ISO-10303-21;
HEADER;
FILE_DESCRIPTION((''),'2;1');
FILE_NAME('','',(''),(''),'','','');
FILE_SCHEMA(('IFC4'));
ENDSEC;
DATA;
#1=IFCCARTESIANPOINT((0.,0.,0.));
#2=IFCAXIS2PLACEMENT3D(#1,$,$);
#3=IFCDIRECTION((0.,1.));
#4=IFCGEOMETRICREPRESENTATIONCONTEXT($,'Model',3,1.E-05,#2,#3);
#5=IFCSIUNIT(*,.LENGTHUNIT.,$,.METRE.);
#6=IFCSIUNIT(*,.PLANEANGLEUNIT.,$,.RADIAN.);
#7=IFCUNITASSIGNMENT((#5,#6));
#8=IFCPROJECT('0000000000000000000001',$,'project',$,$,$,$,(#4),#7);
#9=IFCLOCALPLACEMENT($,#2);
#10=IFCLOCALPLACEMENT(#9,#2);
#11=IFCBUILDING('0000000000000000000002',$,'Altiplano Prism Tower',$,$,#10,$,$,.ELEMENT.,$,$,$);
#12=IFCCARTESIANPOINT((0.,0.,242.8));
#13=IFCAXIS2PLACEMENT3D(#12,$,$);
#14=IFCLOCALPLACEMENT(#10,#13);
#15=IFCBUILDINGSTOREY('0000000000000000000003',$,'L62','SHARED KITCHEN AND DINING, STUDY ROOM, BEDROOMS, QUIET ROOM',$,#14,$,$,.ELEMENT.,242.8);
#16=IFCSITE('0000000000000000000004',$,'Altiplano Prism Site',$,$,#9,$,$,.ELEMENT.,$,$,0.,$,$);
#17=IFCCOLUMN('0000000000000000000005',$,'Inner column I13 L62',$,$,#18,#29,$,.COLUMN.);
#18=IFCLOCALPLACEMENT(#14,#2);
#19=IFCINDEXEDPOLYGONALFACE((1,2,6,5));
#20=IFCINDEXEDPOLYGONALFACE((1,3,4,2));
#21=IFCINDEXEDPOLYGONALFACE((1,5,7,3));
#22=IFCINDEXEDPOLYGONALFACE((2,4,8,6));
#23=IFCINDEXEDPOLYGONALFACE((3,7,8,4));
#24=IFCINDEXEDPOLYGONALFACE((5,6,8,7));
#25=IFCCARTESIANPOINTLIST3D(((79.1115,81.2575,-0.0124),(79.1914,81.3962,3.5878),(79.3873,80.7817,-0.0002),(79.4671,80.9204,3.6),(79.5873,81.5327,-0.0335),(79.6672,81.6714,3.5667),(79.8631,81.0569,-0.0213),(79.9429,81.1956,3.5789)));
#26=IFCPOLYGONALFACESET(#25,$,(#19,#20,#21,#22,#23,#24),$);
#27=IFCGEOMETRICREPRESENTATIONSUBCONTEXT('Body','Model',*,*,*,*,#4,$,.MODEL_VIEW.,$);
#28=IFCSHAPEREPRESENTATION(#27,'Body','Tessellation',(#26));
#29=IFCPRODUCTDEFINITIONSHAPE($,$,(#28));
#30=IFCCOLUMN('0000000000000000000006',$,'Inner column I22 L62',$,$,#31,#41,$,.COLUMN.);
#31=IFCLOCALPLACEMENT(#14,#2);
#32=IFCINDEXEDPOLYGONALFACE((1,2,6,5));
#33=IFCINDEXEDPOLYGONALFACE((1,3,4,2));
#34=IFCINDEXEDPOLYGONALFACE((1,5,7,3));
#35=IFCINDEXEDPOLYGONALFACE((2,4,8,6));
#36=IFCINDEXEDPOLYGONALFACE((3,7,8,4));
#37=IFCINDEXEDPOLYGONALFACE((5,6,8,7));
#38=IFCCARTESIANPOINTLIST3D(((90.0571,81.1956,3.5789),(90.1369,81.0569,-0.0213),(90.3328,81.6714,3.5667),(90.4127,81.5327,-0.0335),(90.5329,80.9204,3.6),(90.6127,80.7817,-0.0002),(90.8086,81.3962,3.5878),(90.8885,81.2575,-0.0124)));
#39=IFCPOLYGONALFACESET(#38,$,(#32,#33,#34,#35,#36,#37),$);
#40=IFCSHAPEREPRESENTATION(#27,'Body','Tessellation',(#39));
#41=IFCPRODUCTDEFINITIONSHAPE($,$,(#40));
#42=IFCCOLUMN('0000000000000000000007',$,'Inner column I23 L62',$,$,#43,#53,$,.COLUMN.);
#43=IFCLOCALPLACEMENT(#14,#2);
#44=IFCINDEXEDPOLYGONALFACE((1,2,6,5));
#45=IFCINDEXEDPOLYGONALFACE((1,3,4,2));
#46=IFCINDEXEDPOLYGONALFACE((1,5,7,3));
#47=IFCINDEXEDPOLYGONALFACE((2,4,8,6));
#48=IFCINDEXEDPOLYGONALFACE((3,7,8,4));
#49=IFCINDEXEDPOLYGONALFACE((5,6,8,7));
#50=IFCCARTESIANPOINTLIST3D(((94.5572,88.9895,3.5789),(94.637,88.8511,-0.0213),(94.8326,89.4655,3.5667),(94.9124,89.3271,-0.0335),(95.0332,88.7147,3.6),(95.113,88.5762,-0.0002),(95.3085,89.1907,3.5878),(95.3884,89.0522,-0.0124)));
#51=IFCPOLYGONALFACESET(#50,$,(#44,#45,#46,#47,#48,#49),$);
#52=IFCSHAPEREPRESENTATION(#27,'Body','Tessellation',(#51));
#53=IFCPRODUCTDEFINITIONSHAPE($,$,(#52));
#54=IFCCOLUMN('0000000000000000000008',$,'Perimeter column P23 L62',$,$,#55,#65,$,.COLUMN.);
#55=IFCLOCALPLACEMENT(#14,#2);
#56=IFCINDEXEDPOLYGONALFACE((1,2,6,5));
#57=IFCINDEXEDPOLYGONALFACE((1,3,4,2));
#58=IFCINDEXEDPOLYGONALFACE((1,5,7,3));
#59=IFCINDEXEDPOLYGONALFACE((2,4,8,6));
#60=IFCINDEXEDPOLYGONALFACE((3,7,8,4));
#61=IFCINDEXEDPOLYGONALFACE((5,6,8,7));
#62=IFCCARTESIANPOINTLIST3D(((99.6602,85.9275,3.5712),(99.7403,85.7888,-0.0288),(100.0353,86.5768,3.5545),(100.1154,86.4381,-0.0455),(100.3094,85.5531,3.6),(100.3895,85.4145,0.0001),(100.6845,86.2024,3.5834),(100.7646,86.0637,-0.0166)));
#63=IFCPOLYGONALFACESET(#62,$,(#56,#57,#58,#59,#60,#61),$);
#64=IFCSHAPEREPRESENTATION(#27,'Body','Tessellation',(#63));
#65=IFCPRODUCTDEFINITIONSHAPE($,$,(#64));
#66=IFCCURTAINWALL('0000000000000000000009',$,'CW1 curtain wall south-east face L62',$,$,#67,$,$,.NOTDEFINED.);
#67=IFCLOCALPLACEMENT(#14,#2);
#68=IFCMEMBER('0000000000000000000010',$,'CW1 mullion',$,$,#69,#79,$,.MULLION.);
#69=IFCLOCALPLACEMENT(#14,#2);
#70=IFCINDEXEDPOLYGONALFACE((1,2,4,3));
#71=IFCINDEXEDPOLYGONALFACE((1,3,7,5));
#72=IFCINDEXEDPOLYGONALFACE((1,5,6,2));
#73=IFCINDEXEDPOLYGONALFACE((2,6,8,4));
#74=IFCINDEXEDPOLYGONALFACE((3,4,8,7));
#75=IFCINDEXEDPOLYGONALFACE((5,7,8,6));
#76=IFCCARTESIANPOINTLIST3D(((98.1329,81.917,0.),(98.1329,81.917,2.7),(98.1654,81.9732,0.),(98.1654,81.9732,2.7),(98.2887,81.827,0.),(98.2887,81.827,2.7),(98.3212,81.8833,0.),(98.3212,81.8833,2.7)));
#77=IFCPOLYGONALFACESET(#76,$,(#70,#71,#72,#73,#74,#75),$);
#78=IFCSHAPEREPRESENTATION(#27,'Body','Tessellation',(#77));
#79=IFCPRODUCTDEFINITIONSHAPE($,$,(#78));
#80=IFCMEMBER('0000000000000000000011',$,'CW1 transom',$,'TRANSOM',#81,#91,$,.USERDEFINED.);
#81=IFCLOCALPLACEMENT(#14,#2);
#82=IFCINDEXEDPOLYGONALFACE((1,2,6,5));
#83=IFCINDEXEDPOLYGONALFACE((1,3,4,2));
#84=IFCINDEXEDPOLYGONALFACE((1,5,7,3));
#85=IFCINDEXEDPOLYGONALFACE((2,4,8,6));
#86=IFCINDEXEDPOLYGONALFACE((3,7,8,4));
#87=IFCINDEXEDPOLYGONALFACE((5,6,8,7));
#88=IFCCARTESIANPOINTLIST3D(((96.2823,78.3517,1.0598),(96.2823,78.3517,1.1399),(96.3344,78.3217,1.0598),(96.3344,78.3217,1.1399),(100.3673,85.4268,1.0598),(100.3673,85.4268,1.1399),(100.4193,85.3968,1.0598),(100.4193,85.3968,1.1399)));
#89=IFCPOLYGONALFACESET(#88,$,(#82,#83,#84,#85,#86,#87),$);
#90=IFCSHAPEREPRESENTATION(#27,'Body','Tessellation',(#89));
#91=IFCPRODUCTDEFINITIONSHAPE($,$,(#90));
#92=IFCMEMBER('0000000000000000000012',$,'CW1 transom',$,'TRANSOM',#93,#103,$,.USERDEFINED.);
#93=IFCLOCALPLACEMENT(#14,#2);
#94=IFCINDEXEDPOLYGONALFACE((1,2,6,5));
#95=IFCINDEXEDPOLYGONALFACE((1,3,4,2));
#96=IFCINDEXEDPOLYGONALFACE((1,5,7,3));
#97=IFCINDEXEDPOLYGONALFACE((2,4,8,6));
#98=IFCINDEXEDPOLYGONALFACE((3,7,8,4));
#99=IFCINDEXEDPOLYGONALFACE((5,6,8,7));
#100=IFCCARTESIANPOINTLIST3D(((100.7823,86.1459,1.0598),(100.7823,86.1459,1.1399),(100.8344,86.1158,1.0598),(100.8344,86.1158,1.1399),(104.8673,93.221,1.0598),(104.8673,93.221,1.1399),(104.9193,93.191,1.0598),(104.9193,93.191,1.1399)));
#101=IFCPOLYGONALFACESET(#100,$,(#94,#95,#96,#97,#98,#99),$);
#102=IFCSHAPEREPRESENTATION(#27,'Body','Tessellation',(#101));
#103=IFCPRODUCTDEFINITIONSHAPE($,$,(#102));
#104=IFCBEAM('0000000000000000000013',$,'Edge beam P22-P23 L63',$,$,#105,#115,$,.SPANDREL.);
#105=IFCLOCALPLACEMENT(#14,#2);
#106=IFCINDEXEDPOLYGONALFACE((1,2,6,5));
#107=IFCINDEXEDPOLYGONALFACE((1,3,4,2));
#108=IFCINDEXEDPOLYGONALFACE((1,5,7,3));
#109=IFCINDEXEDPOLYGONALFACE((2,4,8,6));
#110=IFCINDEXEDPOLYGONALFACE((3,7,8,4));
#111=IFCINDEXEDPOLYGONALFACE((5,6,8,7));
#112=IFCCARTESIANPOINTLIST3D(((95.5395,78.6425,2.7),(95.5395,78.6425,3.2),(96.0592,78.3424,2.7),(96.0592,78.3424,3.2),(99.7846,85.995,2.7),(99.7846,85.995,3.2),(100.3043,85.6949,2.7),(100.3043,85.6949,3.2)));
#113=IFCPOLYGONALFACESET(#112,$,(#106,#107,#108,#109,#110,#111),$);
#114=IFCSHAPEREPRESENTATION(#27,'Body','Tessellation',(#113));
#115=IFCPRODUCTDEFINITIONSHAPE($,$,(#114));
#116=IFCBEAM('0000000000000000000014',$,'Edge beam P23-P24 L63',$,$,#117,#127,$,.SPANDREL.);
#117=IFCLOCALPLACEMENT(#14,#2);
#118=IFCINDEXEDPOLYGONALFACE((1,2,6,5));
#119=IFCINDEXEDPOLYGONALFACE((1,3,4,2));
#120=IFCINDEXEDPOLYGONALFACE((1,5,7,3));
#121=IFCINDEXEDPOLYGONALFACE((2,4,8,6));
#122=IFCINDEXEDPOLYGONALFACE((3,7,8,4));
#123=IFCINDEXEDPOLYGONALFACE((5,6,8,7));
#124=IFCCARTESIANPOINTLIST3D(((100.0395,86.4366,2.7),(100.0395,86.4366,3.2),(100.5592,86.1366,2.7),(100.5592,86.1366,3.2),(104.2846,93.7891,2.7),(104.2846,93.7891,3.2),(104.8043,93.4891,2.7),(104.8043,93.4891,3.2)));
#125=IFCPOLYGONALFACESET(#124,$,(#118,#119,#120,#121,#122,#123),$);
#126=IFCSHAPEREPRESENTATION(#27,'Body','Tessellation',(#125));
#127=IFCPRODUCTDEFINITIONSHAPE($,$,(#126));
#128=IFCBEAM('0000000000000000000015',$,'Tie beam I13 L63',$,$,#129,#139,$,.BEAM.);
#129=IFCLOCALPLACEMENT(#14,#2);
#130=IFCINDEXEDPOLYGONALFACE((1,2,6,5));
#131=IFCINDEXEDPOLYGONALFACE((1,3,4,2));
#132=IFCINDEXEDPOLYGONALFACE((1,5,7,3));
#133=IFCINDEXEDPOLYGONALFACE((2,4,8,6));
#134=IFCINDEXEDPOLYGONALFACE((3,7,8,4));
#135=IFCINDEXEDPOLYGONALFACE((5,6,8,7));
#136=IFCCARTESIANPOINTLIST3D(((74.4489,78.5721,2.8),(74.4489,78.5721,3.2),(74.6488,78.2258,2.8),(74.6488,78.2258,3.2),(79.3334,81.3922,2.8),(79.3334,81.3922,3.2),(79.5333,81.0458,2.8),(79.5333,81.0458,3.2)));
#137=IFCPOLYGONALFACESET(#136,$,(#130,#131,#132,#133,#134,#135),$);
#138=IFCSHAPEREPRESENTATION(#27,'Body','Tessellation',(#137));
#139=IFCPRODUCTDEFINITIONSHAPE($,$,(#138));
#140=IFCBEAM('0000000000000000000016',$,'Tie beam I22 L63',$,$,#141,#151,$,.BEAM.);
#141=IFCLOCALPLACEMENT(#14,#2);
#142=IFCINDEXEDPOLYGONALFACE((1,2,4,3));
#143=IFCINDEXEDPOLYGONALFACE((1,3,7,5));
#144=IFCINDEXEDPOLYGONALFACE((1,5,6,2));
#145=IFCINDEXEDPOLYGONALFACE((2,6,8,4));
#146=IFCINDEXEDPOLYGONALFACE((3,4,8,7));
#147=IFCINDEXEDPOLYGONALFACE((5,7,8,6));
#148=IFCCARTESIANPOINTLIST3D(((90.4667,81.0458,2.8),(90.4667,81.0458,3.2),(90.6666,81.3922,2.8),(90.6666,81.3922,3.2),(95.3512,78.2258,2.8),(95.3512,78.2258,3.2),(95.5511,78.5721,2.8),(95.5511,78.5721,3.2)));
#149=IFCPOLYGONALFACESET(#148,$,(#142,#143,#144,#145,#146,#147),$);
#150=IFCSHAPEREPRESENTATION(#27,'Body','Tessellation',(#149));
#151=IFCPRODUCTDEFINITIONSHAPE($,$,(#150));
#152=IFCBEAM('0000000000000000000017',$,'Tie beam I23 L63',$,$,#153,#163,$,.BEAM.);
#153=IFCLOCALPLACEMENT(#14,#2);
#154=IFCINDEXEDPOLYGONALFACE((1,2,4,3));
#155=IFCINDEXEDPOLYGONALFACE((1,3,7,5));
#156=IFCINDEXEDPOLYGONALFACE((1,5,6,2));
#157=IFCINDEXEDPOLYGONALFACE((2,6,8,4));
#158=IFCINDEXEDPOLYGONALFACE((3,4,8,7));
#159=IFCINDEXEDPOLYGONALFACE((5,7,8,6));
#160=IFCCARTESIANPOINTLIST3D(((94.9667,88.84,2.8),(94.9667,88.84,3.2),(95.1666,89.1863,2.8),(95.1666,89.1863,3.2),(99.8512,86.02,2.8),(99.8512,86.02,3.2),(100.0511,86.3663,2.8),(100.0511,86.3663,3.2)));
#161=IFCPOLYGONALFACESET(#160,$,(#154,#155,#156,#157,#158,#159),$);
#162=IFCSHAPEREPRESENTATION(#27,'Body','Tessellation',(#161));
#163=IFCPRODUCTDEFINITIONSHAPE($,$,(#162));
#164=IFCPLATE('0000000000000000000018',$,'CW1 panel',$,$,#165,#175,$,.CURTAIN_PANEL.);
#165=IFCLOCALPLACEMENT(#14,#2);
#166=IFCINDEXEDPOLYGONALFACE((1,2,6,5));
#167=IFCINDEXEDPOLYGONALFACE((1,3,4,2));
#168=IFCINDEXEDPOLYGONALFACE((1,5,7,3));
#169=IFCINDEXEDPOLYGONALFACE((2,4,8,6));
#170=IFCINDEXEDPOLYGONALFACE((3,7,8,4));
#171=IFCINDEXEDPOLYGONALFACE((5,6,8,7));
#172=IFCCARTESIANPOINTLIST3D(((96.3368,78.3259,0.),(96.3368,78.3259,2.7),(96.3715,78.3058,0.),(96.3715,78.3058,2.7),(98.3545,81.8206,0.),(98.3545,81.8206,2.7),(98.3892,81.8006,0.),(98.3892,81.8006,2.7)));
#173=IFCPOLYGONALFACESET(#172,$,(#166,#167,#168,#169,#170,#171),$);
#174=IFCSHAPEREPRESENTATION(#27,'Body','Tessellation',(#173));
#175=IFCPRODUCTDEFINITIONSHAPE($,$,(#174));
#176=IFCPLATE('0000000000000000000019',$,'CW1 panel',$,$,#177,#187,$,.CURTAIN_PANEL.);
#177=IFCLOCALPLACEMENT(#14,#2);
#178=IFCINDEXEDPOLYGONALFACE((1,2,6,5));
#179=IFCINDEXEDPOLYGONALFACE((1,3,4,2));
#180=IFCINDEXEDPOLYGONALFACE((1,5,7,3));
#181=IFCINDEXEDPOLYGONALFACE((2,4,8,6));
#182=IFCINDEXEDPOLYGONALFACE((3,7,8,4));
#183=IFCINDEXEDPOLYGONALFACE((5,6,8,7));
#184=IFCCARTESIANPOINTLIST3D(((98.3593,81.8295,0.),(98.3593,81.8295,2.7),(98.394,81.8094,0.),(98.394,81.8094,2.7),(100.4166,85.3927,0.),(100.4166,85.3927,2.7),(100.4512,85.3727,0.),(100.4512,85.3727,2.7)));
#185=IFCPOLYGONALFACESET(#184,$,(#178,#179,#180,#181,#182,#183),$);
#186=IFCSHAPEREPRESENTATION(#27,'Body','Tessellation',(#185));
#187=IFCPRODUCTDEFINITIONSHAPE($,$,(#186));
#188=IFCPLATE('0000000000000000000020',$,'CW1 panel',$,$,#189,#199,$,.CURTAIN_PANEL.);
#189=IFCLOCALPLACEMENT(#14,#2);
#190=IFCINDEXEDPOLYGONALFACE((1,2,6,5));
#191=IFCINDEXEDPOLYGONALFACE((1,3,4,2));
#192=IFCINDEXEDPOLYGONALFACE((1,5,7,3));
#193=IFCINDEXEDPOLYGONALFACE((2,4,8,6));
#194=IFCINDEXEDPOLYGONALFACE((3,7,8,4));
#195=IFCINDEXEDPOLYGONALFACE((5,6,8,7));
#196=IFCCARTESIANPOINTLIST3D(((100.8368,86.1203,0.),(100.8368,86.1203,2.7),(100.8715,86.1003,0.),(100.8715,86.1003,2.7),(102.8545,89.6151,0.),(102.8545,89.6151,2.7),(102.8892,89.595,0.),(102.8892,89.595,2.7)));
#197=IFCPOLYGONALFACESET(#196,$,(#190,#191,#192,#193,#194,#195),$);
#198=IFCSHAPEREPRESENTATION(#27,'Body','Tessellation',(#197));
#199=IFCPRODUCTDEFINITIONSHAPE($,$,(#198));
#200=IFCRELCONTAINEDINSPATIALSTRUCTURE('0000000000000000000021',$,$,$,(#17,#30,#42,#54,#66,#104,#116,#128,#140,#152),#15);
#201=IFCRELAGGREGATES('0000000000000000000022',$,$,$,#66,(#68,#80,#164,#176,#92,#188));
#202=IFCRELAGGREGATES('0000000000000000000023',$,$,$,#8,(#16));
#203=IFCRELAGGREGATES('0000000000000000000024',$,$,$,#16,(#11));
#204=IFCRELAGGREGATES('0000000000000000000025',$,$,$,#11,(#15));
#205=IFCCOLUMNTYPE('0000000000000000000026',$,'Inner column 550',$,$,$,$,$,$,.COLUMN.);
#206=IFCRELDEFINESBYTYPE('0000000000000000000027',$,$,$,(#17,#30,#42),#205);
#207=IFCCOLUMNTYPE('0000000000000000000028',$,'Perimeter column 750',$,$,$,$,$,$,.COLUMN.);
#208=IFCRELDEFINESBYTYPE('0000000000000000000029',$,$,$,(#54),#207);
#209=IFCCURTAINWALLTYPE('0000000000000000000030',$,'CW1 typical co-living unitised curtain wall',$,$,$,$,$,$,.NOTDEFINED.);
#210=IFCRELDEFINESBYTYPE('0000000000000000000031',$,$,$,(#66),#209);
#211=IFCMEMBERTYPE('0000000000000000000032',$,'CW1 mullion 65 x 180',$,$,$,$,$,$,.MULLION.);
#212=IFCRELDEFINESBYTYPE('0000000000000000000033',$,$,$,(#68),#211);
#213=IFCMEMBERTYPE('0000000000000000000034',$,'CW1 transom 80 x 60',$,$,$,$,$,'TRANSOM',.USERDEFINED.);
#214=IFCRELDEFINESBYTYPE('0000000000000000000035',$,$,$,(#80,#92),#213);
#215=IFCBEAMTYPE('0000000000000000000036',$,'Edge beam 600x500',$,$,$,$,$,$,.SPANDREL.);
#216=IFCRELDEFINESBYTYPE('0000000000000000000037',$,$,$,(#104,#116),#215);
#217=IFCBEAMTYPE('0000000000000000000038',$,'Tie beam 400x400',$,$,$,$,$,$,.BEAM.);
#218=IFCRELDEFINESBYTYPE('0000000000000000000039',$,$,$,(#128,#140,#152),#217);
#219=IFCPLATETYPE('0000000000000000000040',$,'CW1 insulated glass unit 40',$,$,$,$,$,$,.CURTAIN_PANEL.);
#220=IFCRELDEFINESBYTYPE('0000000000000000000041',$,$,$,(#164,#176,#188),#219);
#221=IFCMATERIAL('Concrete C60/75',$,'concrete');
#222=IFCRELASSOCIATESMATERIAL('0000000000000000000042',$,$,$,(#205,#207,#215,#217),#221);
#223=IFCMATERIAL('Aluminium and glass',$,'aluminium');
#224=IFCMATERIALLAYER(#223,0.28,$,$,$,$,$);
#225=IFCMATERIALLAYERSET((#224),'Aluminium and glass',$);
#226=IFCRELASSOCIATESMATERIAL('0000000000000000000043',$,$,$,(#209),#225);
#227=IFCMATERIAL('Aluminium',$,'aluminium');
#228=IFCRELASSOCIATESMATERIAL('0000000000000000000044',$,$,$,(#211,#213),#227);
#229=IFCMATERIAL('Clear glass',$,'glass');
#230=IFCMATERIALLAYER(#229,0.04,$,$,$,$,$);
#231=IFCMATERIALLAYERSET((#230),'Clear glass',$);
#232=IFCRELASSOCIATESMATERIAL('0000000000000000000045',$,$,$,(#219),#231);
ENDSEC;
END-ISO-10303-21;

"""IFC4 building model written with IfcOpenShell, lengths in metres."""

from ifc_helpers import new_model, si_unit, direction, frame, origin, origin_2d, place, context, subcontext, project, spatial, rectangle, extrude, material, layer, layer_set, material_profile, profile_set, type_object, element, aggregate, save


model = new_model("IFC4")

# Units and contexts
model_context = context("Model", 3, precision=1e-05, world=origin(), true_north=direction((0.0, 1.0)))
body_context = subcontext(model_context, "Body", "Model", "MODEL_VIEW")
ifc_project = project(units=[si_unit("LENGTHUNIT", "METRE"), si_unit("PLANEANGLEUNIT", "RADIAN")], contexts=[model_context])

# Site, building, storey
site_placement = place(None, origin())
site = spatial("IfcSite", under=ifc_project, at=site_placement, Name="Altiplano Prism Site", CompositionType="ELEMENT", RefElevation=0.0)
building_placement = place(site_placement, origin())
building = spatial("IfcBuilding", under=site, at=building_placement, Name="Altiplano Prism Tower", CompositionType="ELEMENT")
storey_placement = place(building_placement, frame((0.0, 0.0, 242.8)))
storey = spatial("IfcBuildingStorey", under=building, at=storey_placement, Name="L62", Description="SHARED KITCHEN AND DINING, STUDY ROOM, BEDROOMS, QUIET ROOM", CompositionType="ELEMENT", Elevation=242.8)

# Columns
ifc_material_1 = material(Name="Concrete C60/75", Category="concrete")
ifc_material_profile_1 = material_profile(ifc_material_1, rectangle(XDim=0.55, YDim=0.55, at=origin_2d()), Name="Inner column 550")
ifc_profile_set_1 = profile_set([ifc_material_profile_1], Name="Concrete C60/75")
column_type_1 = type_object("IfcColumnType", Name="Inner column 550", PredefinedType="COLUMN", material=ifc_profile_set_1)
for number, where, z_axis, x_axis, name in (
    (1, (79.4873, 81.1572, -0.0168), (0.022154, 0.038481, 0.999014), (-0.864982, -0.500327, 0.038453), "Inner column I13 L62"),
    (2, (90.5127, 81.1572, -0.0168), (-0.022154, 0.038481, 0.999014), (-0.501313, -0.864981, 0.022201), "Inner column I22 L62"),
    (3, (95.0127, 88.9517, -0.0168), (-0.022154, 0.038413, 0.999016), (-0.500657, -0.865362, 0.022172), "Inner column I23 L62"),
):
    element("IfcColumn", number, at=place(storey_placement, frame(where, z_axis=z_axis, x_axis=x_axis)), inside=storey, type_object=column_type_1, Name=name, PredefinedType="COLUMN", context=body_context, shape_type="SweptSolid", body=[
        extrude(rectangle(XDim=0.55, YDim=0.55, at=origin_2d()), origin(), (0.0, 0.0, 1.0), 3.6038),
    ])
ifc_material_profile_2 = material_profile(ifc_material_1, rectangle(XDim=0.75, YDim=0.75, at=origin_2d()), Name="Perimeter column 750")
ifc_profile_set_2 = profile_set([ifc_material_profile_2], Name="Concrete C60/75")
column_type_2 = type_object("IfcColumnType", Name="Perimeter column 750", PredefinedType="COLUMN", material=ifc_profile_set_2)
column_placement = place(storey_placement, frame((100.2524, 85.9263, -0.0227), z_axis=(-0.022223, 0.038483, 0.999012), x_axis=(-0.500175, -0.865639, 0.022219)))
element("IfcColumn", 4, at=column_placement, inside=storey, type_object=column_type_2, Name="Perimeter column P23 L62", PredefinedType="COLUMN", context=body_context, shape_type="SweptSolid", body=[
    extrude(rectangle(XDim=0.75, YDim=0.75, at=origin_2d()), origin(), (0.0, 0.0, 1.0), 3.6035),
])

# Curtain wall, members
ifc_material_2 = material(Name="Aluminium and glass", Category="aluminium")
ifc_layer_1 = layer(ifc_material_2, 0.28)
ifc_layer_set_1 = layer_set([ifc_layer_1], Name="Aluminium and glass")
curtain_wall_type = type_object("IfcCurtainWallType", Name="CW1 typical co-living unitised curtain wall", PredefinedType="NOTDEFINED", material=ifc_layer_set_1)
curtain_wall_placement = place(storey_placement, origin())
curtain_wall = element("IfcCurtainWall", 5, at=curtain_wall_placement, inside=storey, type_object=curtain_wall_type, Name="CW1 curtain wall south-east face L62", PredefinedType="NOTDEFINED")
ifc_material_3 = material(Name="Aluminium", Category="aluminium")
ifc_material_profile_3 = material_profile(ifc_material_3, rectangle(XDim=0.1799, YDim=0.0649, at=origin_2d()), Name="CW1 mullion 65 x 180")
ifc_profile_set_3 = profile_set([ifc_material_profile_3], Name="Aluminium")
member_type_1 = type_object("IfcMemberType", Name="CW1 mullion 65 x 180", PredefinedType="MULLION", material=ifc_profile_set_3)
member_1_placement = place(storey_placement, frame((98.2271, 81.9001, 0.0), z_axis=(0.0, 0.0, 1.0), x_axis=(-0.866025, 0.5, 0.0)))
member_1 = element("IfcMember", 6, at=member_1_placement, type_object=member_type_1, Name="CW1 mullion", PredefinedType="MULLION", context=body_context, shape_type="SweptSolid", body=[
    extrude(rectangle(XDim=0.1799, YDim=0.0649, at=origin_2d()), origin(), (0.0, 0.0, 1.0), 2.7),
])
ifc_material_profile_4 = material_profile(ifc_material_3, rectangle(XDim=0.0601, YDim=0.0801, at=origin_2d()), Name="CW1 transom 80 x 60")
ifc_profile_set_4 = profile_set([ifc_material_profile_4], Name="Aluminium")
member_type_2 = type_object("IfcMemberType", Name="CW1 transom 80 x 60", ElementType="TRANSOM", PredefinedType="USERDEFINED", material=ifc_profile_set_4)
member_2_placement = place(storey_placement, frame((96.3083, 78.3367, 1.0999), z_axis=(0.500009, 0.86602, 0.0), x_axis=(-0.86602, 0.500009, 0.0)))
member_2 = element("IfcMember", 7, at=member_2_placement, type_object=member_type_2, Name="CW1 transom", ObjectType="TRANSOM", PredefinedType="USERDEFINED", context=body_context, shape_type="SweptSolid", body=[
    extrude(rectangle(XDim=0.0601, YDim=0.0801, at=origin_2d()), origin(), (0.0, 0.0, 1.0), 8.1697),
])
member_3_placement = place(storey_placement, frame((100.8083, 86.1309, 1.0999), z_axis=(0.500009, 0.86602, 0.0), x_axis=(-0.86602, 0.500009, 0.0)))
member_3 = element("IfcMember", 8, at=member_3_placement, type_object=member_type_2, Name="CW1 transom", ObjectType="TRANSOM", PredefinedType="USERDEFINED", context=body_context, shape_type="SweptSolid", body=[
    extrude(rectangle(XDim=0.0601, YDim=0.0801, at=origin_2d()), origin(), (0.0, 0.0, 1.0), 8.1697),
])

# Beams
ifc_material_profile_5 = material_profile(ifc_material_1, rectangle(XDim=0.6001, YDim=0.5, at=origin_2d()), Name="Edge beam 600x500")
ifc_profile_set_5 = profile_set([ifc_material_profile_5], Name="Concrete C60/75")
beam_type_1 = type_object("IfcBeamType", Name="Edge beam 600x500", PredefinedType="SPANDREL", material=ifc_profile_set_5)
for number, where, z_axis, x_axis, name in (
    (9, (95.7993, 78.4924, 2.95), (0.500011, 0.866019, 0.0), (-0.866019, 0.500011, 0.0), "Edge beam P22-P23 L63"),
    (10, (100.2993, 86.2866, 2.95), (0.500011, 0.866019, 0.0), (-0.866019, 0.500011, 0.0), "Edge beam P23-P24 L63"),
):
    element("IfcBeam", number, at=place(storey_placement, frame(where, z_axis=z_axis, x_axis=x_axis)), inside=storey, type_object=beam_type_1, Name=name, PredefinedType="SPANDREL", context=body_context, shape_type="SweptSolid", body=[
        extrude(rectangle(XDim=0.6001, YDim=0.5, at=origin_2d()), origin(), (0.0, 0.0, 1.0), 8.49),
    ])
ifc_material_profile_6 = material_profile(ifc_material_1, rectangle(XDim=0.3999, YDim=0.3999, at=origin_2d()), Name="Tie beam 400x400")
ifc_profile_set_6 = profile_set([ifc_material_profile_6], Name="Concrete C60/75")
beam_type_2 = type_object("IfcBeamType", Name="Tie beam 400x400", PredefinedType="BEAM", material=ifc_profile_set_6)
for number, where, z_axis, x_axis, name in (
    (11, (79.4333, 81.219, 3.0), (-0.866026, -0.499998, 0.0), (0.499998, -0.866026, 0.0), "Tie beam I13 L63"),
    (12, (90.5667, 81.219, 3.0), (0.866026, -0.499998, 0.0), (0.499998, 0.866026, 0.0), "Tie beam I22 L63"),
    (13, (95.0667, 89.0132, 3.0), (0.866026, -0.499998, 0.0), (0.499998, 0.866026, 0.0), "Tie beam I23 L63"),
):
    element("IfcBeam", number, at=place(storey_placement, frame(where, z_axis=z_axis, x_axis=x_axis)), inside=storey, type_object=beam_type_2, Name=name, PredefinedType="BEAM", context=body_context, shape_type="SweptSolid", body=[
        extrude(rectangle(XDim=0.3999, YDim=0.3999, at=origin_2d()), origin(), (0.0, 0.0, 1.0), 5.6401),
    ])

# Plates
ifc_material_4 = material(Name="Clear glass", Category="glass")
ifc_layer_2 = layer(ifc_material_4, 0.04)
ifc_layer_set_2 = layer_set([ifc_layer_2], Name="Clear glass")
plate_type = type_object("IfcPlateType", Name="CW1 insulated glass unit 40", PredefinedType="CURTAIN_PANEL", material=ifc_layer_set_2)
plate_1_placement = place(storey_placement, frame((97.363, 80.0632, 0.0), z_axis=(0.0, 0.0, 1.0), x_axis=(0.5, 0.866025, 0.0)))
plate_1 = element("IfcPlate", 14, at=plate_1_placement, type_object=plate_type, Name="CW1 panel", PredefinedType="CURTAIN_PANEL", context=body_context, shape_type="SweptSolid", body=[
    extrude(rectangle(XDim=4.0354, YDim=0.04, at=origin_2d()), origin(), (0.0, 0.0, 1.0), 2.7),
])
plate_2_placement = place(storey_placement, frame((99.4053, 83.6011, 0.0), z_axis=(0.0, 0.0, 1.0), x_axis=(0.5, 0.866025, 0.0)))
plate_2 = element("IfcPlate", 15, at=plate_2_placement, type_object=plate_type, Name="CW1 panel", PredefinedType="CURTAIN_PANEL", context=body_context, shape_type="SweptSolid", body=[
    extrude(rectangle(XDim=4.1145, YDim=0.04, at=origin_2d()), origin(), (0.0, 0.0, 1.0), 2.7),
])
plate_3_placement = place(storey_placement, frame((101.863, 87.8577, 0.0), z_axis=(0.0, 0.0, 1.0), x_axis=(0.5, 0.866025, 0.0)))
plate_3 = element("IfcPlate", 16, at=plate_3_placement, type_object=plate_type, Name="CW1 panel", PredefinedType="CURTAIN_PANEL", context=body_context, shape_type="SweptSolid", body=[
    extrude(rectangle(XDim=4.0354, YDim=0.04, at=origin_2d()), origin(), (0.0, 0.0, 1.0), 2.7),
])
aggregate(curtain_wall, [member_1, member_2, plate_1, plate_2, member_3, plate_3])

save(model, "model.ifc")
